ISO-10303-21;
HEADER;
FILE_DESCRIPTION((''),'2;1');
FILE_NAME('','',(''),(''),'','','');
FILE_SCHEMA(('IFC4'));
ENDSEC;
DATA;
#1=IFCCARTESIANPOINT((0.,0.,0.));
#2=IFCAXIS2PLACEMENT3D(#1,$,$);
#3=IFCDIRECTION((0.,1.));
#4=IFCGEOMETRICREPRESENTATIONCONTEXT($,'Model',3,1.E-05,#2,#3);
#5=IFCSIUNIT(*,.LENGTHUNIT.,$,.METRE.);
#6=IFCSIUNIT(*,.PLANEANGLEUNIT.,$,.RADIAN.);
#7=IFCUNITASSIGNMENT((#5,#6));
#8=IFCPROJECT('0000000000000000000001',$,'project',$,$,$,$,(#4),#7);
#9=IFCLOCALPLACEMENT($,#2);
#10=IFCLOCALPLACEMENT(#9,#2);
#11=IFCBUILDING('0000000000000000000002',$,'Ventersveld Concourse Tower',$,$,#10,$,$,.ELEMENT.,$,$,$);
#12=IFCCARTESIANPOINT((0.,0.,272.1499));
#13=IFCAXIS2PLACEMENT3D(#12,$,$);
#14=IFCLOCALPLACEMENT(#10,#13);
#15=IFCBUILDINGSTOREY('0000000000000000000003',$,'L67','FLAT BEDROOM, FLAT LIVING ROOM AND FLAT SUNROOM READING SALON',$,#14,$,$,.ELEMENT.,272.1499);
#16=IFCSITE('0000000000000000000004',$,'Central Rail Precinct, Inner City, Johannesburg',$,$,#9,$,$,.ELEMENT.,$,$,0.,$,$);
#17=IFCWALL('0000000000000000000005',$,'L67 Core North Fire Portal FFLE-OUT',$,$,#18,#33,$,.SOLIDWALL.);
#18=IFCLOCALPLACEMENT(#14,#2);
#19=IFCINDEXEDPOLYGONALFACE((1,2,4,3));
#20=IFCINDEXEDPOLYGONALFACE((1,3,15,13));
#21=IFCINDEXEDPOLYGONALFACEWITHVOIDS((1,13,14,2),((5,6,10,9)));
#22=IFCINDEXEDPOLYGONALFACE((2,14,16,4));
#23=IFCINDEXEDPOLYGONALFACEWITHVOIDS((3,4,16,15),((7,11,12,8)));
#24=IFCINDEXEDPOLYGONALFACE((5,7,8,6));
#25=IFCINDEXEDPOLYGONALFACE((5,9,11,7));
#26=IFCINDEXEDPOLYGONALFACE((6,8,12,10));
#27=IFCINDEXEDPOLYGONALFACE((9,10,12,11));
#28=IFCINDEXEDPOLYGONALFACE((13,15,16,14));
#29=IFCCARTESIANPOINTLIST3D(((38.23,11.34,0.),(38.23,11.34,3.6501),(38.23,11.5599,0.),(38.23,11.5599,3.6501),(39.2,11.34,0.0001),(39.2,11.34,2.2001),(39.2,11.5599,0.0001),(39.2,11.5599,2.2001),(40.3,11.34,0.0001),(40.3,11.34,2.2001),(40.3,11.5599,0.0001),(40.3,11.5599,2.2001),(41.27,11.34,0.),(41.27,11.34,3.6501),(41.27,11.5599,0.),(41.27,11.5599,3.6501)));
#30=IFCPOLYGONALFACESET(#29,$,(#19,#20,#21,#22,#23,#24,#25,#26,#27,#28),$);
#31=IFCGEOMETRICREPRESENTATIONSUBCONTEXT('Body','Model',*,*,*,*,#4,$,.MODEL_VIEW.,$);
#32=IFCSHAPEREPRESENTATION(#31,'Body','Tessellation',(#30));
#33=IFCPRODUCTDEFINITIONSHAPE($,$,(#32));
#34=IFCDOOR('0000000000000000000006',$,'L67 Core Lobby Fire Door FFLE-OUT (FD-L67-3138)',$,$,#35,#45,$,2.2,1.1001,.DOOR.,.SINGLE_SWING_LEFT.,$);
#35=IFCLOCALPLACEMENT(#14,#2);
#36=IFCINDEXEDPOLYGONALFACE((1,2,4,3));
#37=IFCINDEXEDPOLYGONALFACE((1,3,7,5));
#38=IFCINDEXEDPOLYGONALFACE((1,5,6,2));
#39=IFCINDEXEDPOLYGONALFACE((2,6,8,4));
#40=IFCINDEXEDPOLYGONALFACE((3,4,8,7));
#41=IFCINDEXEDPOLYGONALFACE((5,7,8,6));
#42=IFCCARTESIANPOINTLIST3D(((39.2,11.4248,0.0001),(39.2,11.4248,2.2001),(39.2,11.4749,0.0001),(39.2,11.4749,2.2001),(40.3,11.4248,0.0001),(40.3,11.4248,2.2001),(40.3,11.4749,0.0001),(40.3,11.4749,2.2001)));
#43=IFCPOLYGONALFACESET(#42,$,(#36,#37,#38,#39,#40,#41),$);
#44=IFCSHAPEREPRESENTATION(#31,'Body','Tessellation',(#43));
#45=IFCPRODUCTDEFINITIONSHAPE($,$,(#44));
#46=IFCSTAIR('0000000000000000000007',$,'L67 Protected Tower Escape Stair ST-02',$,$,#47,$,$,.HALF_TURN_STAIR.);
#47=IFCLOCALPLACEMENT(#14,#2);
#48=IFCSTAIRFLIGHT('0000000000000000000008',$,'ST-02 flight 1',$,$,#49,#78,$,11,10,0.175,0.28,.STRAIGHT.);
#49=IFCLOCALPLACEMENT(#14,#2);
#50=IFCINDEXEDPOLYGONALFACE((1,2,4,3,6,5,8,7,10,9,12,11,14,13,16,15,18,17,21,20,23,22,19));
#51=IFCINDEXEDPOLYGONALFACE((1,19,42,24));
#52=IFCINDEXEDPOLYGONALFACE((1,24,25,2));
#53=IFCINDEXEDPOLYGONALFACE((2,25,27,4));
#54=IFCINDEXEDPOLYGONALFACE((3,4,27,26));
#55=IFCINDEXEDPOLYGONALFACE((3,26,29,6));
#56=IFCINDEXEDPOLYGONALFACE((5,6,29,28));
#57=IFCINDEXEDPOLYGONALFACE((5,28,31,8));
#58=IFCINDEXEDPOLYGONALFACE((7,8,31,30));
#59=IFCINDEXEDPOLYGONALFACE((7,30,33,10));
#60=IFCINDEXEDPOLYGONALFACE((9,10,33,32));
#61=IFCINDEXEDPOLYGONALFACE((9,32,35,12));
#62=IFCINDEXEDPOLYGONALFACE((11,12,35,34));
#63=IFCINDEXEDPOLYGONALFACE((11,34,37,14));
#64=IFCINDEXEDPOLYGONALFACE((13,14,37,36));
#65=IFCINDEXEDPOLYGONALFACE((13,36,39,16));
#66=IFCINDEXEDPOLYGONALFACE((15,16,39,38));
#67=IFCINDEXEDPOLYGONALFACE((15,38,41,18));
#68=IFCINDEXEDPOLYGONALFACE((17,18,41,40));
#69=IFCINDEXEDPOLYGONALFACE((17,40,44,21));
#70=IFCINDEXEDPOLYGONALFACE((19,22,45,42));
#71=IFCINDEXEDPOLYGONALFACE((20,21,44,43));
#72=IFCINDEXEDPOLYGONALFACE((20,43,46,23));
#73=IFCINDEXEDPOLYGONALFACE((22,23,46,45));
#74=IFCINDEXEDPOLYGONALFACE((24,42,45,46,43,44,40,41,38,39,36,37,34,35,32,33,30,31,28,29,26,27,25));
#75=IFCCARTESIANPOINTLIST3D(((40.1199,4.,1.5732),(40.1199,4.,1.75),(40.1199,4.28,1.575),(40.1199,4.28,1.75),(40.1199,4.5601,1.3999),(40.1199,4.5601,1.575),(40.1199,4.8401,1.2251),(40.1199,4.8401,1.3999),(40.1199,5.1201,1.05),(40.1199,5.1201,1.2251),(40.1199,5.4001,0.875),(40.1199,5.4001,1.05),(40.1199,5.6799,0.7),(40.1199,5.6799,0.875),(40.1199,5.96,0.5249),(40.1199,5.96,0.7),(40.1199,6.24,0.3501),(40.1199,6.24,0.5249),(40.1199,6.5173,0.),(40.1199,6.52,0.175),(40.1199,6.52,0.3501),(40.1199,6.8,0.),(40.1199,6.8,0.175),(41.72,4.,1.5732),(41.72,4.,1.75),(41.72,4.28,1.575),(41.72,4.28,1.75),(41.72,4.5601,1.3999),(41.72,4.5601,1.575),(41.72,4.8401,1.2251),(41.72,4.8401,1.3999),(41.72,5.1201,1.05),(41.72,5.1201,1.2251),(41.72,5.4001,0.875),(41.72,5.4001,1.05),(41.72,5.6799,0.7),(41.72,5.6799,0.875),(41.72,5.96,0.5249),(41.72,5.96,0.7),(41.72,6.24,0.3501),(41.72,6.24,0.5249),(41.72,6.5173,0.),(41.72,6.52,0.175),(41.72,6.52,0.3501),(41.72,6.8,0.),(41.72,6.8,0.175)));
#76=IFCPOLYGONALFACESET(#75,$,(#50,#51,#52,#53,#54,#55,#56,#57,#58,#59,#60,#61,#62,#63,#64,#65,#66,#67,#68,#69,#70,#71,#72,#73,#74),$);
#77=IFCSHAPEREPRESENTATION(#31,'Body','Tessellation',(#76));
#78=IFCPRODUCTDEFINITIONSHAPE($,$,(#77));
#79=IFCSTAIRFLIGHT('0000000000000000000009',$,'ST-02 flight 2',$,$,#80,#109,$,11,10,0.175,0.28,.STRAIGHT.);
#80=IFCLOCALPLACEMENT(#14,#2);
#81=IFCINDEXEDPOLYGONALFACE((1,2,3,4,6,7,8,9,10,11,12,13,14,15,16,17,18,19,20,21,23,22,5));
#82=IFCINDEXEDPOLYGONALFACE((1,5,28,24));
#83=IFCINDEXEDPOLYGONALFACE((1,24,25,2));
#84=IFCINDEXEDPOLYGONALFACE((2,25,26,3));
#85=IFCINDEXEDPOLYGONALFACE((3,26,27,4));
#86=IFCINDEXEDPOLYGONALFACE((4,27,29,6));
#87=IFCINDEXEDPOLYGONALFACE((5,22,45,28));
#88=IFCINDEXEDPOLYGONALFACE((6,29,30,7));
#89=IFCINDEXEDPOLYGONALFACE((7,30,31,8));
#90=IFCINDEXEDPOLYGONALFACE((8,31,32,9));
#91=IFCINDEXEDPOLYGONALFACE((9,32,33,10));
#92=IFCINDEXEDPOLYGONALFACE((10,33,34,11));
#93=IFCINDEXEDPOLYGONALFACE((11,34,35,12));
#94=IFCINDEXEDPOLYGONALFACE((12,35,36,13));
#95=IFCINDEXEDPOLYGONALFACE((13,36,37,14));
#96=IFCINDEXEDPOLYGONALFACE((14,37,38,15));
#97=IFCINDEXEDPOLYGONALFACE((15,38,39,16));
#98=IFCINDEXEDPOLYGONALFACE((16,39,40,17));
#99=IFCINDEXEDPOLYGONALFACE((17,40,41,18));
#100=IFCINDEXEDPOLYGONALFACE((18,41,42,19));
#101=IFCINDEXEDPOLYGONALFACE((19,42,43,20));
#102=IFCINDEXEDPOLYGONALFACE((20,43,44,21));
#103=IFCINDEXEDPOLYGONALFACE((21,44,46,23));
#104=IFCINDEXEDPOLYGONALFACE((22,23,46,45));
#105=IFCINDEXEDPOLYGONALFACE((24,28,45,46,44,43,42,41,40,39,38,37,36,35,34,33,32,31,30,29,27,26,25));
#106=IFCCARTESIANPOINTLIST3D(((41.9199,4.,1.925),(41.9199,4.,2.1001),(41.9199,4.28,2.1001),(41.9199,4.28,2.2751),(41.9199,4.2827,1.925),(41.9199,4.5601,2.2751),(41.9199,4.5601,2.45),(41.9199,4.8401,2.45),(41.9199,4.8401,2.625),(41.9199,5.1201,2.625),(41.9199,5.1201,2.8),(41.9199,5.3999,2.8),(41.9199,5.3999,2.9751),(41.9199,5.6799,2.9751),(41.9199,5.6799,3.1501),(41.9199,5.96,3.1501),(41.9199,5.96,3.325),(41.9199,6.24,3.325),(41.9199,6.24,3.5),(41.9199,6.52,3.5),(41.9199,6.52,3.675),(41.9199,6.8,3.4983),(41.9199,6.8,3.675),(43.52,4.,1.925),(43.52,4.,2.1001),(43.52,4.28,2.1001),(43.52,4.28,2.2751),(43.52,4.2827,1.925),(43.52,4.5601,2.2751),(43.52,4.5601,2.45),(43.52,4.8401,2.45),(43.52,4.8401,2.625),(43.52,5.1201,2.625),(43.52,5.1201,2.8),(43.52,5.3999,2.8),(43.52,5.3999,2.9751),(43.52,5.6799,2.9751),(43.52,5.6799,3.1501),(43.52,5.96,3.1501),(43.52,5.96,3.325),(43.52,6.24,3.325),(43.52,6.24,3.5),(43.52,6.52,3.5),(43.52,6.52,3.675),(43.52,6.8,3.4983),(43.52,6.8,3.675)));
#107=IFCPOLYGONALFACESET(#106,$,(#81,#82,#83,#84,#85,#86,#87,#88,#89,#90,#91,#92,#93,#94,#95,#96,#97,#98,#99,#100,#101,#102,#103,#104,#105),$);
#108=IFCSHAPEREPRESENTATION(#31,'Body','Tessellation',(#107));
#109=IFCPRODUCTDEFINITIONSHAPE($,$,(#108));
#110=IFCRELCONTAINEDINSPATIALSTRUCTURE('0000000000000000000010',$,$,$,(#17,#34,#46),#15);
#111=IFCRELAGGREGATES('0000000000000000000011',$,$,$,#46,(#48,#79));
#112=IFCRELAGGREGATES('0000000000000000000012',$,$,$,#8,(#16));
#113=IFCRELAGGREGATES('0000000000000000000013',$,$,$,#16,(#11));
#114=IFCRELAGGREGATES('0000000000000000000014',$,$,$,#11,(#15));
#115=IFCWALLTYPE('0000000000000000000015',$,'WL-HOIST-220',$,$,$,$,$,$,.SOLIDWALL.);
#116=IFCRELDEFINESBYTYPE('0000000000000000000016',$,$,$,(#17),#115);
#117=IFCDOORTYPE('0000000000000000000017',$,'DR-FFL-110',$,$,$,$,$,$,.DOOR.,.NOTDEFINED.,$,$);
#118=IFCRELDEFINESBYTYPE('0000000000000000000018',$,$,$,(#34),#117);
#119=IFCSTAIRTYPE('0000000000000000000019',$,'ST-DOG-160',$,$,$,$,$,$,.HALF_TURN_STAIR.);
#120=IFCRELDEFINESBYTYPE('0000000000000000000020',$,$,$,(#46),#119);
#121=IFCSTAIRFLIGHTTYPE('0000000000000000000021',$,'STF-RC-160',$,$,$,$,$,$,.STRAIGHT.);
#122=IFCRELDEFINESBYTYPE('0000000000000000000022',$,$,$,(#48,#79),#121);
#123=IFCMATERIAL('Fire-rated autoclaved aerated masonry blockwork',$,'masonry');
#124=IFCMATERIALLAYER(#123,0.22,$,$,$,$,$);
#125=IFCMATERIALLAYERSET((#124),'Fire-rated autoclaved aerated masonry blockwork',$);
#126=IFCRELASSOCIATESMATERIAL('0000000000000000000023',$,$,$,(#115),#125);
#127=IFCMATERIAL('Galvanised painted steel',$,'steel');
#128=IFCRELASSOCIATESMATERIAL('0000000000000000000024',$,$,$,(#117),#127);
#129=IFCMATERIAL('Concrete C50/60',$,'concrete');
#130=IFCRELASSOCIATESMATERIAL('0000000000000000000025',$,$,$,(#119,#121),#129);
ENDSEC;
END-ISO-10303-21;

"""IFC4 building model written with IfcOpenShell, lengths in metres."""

from ifc_helpers import new_model, si_unit, direction, frame, frame_2d, origin, place, context, subcontext, project, spatial, polyline, rectangle, outline, extrude, material, layer, layer_set, type_object, element, fill, aggregate, save


model = new_model("IFC4")

# Units and contexts
model_context = context("Model", 3, precision=1e-05, world=origin(), true_north=direction((0.0, 1.0)))
body_context = subcontext(model_context, "Body", "Model", "MODEL_VIEW")
ifc_project = project(units=[si_unit("LENGTHUNIT", "METRE"), si_unit("PLANEANGLEUNIT", "RADIAN")], contexts=[model_context])

# Site, building, storey
site_placement = place(None, origin())
site = spatial("IfcSite", under=ifc_project, at=site_placement, Name="Central Rail Precinct, Inner City, Johannesburg", CompositionType="ELEMENT", RefElevation=0.0)
building_placement = place(site_placement, origin())
building = spatial("IfcBuilding", under=site, at=building_placement, Name="Ventersveld Concourse Tower", CompositionType="ELEMENT")
storey_placement = place(building_placement, frame((0.0, 0.0, 272.1499)))
storey = spatial("IfcBuildingStorey", under=building, at=storey_placement, Name="L67", Description="FLAT BEDROOM, FLAT LIVING ROOM AND FLAT SUNROOM READING SALON", CompositionType="ELEMENT", Elevation=272.1499)

# Shared definitions
ifc_material_1 = material(Name="Concrete C50/60", Category="concrete")

# Shared definitions
ifc_material_2 = material(Name="Fire-rated autoclaved aerated masonry blockwork", Category="masonry")

# Shared definitions
ifc_layer_1 = layer(ifc_material_2, 0.22)
ifc_layer_set_1 = layer_set([ifc_layer_1], Name="Fire-rated autoclaved aerated masonry blockwork")
wall_type_1 = type_object("IfcWallType", Name="WL-HOIST-220", PredefinedType="SOLIDWALL", material=ifc_layer_set_1)

# Wall, opening, door
ifc_material_3 = material(Name="Galvanised painted steel", Category="steel")
wall_1_placement = place(storey_placement, frame((38.23, 11.45, 0.0), z_axis=(0.0, 0.0, 1.0), x_axis=(1.0, 0.0, 0.0)))
wall_1 = element("IfcWall", 1, at=wall_1_placement, inside=storey, type_object=wall_type_1, Name="L67 Core North Fire Portal FFLE-OUT", PredefinedType="SOLIDWALL", context=body_context, shape_type="SweptSolid", body=[
    extrude(rectangle(XDim=3.04, YDim=0.22, at=frame_2d((1.52, 0.0))), origin(), (0.0, 0.0, 1.0), 3.6501),
])
opening_1_placement = place(wall_1_placement, frame((0.97, 0.0, 0.0)))
opening_1 = element("IfcOpeningElement", 2, at=opening_1_placement, cuts=wall_1, PredefinedType="OPENING", context=body_context, shape_type="SweptSolid", body=[
    extrude(rectangle(XDim=1.1001, YDim=2.2, at=frame_2d((0.55, 1.1001))), frame((0.0, 0.1201, 0.0), z_axis=(0.0, -1.0, 0.0), x_axis=(1.0, 0.0, 0.0)), (0.0, 0.0, 1.0), 0.24),
])
door_type_1 = type_object("IfcDoorType", Name="DR-FFL-110", OperationType="NOTDEFINED", PredefinedType="DOOR", material=ifc_material_3)
door_1_placement = place(opening_1_placement, origin())
door_1 = element("IfcDoor", 3, at=door_1_placement, inside=storey, type_object=door_type_1, Name="L67 Core Lobby Fire Door FFLE-OUT (FD-L67-3138)", OperationType="SINGLE_SWING_LEFT", OverallHeight=2.2, OverallWidth=1.1001, PredefinedType="DOOR", context=body_context, shape_type="SweptSolid", body=[
    extrude(rectangle(XDim=1.1001, YDim=2.2, at=frame_2d((0.55, 1.1001))), frame((0.0, 0.0249, 0.0), z_axis=(0.0, -1.0, 0.0), x_axis=(1.0, 0.0, 0.0)), (0.0, 0.0, 1.0), 0.05),
])
fill(opening_1, door_1)

# Stair, stair flights
stair_type = type_object("IfcStairType", Name="ST-DOG-160", PredefinedType="HALF_TURN_STAIR", material=ifc_material_1)
stair_placement = place(storey_placement, origin())
stair = element("IfcStair", 4, at=stair_placement, inside=storey, type_object=stair_type, Name="L67 Protected Tower Escape Stair ST-02", PredefinedType="HALF_TURN_STAIR")
stair_flight_type = type_object("IfcStairFlightType", Name="STF-RC-160", PredefinedType="STRAIGHT", material=ifc_material_1)
stair_flight_1_placement = place(storey_placement, frame((40.9199, 6.8, 0.0), z_axis=(0.0, 0.0, 1.0), x_axis=(0.0, -1.0, 0.0)))
stair_flight_1 = element("IfcStairFlight", 5, at=stair_flight_1_placement, type_object=stair_flight_type, Name="ST-02 flight 1", NumberOfRisers=11, NumberOfTreads=10, PredefinedType="STRAIGHT", RiserHeight=0.175, TreadLength=0.28, context=body_context, shape_type="SweptSolid", body=[
    extrude(outline(polyline([(0.0, 0.0), (0.0, 0.175), (0.28, 0.175), (0.28, 0.3501), (0.5601, 0.3501), (0.5601, 0.5249), (0.8401, 0.5249), (0.8401, 0.7), (1.1201, 0.7), (1.1201, 0.875), (1.3999, 0.875), (1.3999, 1.05), (1.6799, 1.05), (1.6799, 1.2251), (1.96, 1.2251), (1.96, 1.3999), (2.24, 1.3999), (2.24, 1.575), (2.52, 1.575), (2.52, 1.75), (2.8, 1.75), (2.8, 1.925), (2.8, 1.5732), (0.2827, 0.0), (0.0, 0.0)])), frame((0.0, 0.8, 0.0), z_axis=(0.0, -1.0, 0.0), x_axis=(1.0, 0.0, 0.0)), (0.0, 0.0, 1.0), 1.6001),
])
stair_flight_2_placement = place(storey_placement, frame((42.72, 4.0, 1.925), z_axis=(0.0, 0.0, 1.0), x_axis=(0.0, 1.0, 0.0)))
stair_flight_2 = element("IfcStairFlight", 6, at=stair_flight_2_placement, type_object=stair_flight_type, Name="ST-02 flight 2", NumberOfRisers=11, NumberOfTreads=10, PredefinedType="STRAIGHT", RiserHeight=0.175, TreadLength=0.28, context=body_context, shape_type="SweptSolid", body=[
    extrude(outline(polyline([(0.0, 0.0), (0.0, 0.175), (0.28, 0.175), (0.28, 0.3501), (0.5601, 0.3501), (0.5601, 0.5249), (0.8401, 0.5249), (0.8401, 0.7), (1.1201, 0.7), (1.1201, 0.875), (1.3999, 0.875), (1.3999, 1.05), (1.6799, 1.05), (1.6799, 1.2251), (1.96, 1.2251), (1.96, 1.3999), (2.24, 1.3999), (2.24, 1.575), (2.52, 1.575), (2.52, 1.75), (2.8, 1.75), (2.8, 1.925), (2.8, 1.5732), (0.2827, 0.0), (0.0, 0.0)])), frame((0.0, 0.8, 0.0), z_axis=(0.0, -1.0, 0.0), x_axis=(1.0, 0.0, 0.0)), (0.0, 0.0, 1.0), 1.6001),
])
aggregate(stair, [stair_flight_1, stair_flight_2])

save(model, "model.ifc")
